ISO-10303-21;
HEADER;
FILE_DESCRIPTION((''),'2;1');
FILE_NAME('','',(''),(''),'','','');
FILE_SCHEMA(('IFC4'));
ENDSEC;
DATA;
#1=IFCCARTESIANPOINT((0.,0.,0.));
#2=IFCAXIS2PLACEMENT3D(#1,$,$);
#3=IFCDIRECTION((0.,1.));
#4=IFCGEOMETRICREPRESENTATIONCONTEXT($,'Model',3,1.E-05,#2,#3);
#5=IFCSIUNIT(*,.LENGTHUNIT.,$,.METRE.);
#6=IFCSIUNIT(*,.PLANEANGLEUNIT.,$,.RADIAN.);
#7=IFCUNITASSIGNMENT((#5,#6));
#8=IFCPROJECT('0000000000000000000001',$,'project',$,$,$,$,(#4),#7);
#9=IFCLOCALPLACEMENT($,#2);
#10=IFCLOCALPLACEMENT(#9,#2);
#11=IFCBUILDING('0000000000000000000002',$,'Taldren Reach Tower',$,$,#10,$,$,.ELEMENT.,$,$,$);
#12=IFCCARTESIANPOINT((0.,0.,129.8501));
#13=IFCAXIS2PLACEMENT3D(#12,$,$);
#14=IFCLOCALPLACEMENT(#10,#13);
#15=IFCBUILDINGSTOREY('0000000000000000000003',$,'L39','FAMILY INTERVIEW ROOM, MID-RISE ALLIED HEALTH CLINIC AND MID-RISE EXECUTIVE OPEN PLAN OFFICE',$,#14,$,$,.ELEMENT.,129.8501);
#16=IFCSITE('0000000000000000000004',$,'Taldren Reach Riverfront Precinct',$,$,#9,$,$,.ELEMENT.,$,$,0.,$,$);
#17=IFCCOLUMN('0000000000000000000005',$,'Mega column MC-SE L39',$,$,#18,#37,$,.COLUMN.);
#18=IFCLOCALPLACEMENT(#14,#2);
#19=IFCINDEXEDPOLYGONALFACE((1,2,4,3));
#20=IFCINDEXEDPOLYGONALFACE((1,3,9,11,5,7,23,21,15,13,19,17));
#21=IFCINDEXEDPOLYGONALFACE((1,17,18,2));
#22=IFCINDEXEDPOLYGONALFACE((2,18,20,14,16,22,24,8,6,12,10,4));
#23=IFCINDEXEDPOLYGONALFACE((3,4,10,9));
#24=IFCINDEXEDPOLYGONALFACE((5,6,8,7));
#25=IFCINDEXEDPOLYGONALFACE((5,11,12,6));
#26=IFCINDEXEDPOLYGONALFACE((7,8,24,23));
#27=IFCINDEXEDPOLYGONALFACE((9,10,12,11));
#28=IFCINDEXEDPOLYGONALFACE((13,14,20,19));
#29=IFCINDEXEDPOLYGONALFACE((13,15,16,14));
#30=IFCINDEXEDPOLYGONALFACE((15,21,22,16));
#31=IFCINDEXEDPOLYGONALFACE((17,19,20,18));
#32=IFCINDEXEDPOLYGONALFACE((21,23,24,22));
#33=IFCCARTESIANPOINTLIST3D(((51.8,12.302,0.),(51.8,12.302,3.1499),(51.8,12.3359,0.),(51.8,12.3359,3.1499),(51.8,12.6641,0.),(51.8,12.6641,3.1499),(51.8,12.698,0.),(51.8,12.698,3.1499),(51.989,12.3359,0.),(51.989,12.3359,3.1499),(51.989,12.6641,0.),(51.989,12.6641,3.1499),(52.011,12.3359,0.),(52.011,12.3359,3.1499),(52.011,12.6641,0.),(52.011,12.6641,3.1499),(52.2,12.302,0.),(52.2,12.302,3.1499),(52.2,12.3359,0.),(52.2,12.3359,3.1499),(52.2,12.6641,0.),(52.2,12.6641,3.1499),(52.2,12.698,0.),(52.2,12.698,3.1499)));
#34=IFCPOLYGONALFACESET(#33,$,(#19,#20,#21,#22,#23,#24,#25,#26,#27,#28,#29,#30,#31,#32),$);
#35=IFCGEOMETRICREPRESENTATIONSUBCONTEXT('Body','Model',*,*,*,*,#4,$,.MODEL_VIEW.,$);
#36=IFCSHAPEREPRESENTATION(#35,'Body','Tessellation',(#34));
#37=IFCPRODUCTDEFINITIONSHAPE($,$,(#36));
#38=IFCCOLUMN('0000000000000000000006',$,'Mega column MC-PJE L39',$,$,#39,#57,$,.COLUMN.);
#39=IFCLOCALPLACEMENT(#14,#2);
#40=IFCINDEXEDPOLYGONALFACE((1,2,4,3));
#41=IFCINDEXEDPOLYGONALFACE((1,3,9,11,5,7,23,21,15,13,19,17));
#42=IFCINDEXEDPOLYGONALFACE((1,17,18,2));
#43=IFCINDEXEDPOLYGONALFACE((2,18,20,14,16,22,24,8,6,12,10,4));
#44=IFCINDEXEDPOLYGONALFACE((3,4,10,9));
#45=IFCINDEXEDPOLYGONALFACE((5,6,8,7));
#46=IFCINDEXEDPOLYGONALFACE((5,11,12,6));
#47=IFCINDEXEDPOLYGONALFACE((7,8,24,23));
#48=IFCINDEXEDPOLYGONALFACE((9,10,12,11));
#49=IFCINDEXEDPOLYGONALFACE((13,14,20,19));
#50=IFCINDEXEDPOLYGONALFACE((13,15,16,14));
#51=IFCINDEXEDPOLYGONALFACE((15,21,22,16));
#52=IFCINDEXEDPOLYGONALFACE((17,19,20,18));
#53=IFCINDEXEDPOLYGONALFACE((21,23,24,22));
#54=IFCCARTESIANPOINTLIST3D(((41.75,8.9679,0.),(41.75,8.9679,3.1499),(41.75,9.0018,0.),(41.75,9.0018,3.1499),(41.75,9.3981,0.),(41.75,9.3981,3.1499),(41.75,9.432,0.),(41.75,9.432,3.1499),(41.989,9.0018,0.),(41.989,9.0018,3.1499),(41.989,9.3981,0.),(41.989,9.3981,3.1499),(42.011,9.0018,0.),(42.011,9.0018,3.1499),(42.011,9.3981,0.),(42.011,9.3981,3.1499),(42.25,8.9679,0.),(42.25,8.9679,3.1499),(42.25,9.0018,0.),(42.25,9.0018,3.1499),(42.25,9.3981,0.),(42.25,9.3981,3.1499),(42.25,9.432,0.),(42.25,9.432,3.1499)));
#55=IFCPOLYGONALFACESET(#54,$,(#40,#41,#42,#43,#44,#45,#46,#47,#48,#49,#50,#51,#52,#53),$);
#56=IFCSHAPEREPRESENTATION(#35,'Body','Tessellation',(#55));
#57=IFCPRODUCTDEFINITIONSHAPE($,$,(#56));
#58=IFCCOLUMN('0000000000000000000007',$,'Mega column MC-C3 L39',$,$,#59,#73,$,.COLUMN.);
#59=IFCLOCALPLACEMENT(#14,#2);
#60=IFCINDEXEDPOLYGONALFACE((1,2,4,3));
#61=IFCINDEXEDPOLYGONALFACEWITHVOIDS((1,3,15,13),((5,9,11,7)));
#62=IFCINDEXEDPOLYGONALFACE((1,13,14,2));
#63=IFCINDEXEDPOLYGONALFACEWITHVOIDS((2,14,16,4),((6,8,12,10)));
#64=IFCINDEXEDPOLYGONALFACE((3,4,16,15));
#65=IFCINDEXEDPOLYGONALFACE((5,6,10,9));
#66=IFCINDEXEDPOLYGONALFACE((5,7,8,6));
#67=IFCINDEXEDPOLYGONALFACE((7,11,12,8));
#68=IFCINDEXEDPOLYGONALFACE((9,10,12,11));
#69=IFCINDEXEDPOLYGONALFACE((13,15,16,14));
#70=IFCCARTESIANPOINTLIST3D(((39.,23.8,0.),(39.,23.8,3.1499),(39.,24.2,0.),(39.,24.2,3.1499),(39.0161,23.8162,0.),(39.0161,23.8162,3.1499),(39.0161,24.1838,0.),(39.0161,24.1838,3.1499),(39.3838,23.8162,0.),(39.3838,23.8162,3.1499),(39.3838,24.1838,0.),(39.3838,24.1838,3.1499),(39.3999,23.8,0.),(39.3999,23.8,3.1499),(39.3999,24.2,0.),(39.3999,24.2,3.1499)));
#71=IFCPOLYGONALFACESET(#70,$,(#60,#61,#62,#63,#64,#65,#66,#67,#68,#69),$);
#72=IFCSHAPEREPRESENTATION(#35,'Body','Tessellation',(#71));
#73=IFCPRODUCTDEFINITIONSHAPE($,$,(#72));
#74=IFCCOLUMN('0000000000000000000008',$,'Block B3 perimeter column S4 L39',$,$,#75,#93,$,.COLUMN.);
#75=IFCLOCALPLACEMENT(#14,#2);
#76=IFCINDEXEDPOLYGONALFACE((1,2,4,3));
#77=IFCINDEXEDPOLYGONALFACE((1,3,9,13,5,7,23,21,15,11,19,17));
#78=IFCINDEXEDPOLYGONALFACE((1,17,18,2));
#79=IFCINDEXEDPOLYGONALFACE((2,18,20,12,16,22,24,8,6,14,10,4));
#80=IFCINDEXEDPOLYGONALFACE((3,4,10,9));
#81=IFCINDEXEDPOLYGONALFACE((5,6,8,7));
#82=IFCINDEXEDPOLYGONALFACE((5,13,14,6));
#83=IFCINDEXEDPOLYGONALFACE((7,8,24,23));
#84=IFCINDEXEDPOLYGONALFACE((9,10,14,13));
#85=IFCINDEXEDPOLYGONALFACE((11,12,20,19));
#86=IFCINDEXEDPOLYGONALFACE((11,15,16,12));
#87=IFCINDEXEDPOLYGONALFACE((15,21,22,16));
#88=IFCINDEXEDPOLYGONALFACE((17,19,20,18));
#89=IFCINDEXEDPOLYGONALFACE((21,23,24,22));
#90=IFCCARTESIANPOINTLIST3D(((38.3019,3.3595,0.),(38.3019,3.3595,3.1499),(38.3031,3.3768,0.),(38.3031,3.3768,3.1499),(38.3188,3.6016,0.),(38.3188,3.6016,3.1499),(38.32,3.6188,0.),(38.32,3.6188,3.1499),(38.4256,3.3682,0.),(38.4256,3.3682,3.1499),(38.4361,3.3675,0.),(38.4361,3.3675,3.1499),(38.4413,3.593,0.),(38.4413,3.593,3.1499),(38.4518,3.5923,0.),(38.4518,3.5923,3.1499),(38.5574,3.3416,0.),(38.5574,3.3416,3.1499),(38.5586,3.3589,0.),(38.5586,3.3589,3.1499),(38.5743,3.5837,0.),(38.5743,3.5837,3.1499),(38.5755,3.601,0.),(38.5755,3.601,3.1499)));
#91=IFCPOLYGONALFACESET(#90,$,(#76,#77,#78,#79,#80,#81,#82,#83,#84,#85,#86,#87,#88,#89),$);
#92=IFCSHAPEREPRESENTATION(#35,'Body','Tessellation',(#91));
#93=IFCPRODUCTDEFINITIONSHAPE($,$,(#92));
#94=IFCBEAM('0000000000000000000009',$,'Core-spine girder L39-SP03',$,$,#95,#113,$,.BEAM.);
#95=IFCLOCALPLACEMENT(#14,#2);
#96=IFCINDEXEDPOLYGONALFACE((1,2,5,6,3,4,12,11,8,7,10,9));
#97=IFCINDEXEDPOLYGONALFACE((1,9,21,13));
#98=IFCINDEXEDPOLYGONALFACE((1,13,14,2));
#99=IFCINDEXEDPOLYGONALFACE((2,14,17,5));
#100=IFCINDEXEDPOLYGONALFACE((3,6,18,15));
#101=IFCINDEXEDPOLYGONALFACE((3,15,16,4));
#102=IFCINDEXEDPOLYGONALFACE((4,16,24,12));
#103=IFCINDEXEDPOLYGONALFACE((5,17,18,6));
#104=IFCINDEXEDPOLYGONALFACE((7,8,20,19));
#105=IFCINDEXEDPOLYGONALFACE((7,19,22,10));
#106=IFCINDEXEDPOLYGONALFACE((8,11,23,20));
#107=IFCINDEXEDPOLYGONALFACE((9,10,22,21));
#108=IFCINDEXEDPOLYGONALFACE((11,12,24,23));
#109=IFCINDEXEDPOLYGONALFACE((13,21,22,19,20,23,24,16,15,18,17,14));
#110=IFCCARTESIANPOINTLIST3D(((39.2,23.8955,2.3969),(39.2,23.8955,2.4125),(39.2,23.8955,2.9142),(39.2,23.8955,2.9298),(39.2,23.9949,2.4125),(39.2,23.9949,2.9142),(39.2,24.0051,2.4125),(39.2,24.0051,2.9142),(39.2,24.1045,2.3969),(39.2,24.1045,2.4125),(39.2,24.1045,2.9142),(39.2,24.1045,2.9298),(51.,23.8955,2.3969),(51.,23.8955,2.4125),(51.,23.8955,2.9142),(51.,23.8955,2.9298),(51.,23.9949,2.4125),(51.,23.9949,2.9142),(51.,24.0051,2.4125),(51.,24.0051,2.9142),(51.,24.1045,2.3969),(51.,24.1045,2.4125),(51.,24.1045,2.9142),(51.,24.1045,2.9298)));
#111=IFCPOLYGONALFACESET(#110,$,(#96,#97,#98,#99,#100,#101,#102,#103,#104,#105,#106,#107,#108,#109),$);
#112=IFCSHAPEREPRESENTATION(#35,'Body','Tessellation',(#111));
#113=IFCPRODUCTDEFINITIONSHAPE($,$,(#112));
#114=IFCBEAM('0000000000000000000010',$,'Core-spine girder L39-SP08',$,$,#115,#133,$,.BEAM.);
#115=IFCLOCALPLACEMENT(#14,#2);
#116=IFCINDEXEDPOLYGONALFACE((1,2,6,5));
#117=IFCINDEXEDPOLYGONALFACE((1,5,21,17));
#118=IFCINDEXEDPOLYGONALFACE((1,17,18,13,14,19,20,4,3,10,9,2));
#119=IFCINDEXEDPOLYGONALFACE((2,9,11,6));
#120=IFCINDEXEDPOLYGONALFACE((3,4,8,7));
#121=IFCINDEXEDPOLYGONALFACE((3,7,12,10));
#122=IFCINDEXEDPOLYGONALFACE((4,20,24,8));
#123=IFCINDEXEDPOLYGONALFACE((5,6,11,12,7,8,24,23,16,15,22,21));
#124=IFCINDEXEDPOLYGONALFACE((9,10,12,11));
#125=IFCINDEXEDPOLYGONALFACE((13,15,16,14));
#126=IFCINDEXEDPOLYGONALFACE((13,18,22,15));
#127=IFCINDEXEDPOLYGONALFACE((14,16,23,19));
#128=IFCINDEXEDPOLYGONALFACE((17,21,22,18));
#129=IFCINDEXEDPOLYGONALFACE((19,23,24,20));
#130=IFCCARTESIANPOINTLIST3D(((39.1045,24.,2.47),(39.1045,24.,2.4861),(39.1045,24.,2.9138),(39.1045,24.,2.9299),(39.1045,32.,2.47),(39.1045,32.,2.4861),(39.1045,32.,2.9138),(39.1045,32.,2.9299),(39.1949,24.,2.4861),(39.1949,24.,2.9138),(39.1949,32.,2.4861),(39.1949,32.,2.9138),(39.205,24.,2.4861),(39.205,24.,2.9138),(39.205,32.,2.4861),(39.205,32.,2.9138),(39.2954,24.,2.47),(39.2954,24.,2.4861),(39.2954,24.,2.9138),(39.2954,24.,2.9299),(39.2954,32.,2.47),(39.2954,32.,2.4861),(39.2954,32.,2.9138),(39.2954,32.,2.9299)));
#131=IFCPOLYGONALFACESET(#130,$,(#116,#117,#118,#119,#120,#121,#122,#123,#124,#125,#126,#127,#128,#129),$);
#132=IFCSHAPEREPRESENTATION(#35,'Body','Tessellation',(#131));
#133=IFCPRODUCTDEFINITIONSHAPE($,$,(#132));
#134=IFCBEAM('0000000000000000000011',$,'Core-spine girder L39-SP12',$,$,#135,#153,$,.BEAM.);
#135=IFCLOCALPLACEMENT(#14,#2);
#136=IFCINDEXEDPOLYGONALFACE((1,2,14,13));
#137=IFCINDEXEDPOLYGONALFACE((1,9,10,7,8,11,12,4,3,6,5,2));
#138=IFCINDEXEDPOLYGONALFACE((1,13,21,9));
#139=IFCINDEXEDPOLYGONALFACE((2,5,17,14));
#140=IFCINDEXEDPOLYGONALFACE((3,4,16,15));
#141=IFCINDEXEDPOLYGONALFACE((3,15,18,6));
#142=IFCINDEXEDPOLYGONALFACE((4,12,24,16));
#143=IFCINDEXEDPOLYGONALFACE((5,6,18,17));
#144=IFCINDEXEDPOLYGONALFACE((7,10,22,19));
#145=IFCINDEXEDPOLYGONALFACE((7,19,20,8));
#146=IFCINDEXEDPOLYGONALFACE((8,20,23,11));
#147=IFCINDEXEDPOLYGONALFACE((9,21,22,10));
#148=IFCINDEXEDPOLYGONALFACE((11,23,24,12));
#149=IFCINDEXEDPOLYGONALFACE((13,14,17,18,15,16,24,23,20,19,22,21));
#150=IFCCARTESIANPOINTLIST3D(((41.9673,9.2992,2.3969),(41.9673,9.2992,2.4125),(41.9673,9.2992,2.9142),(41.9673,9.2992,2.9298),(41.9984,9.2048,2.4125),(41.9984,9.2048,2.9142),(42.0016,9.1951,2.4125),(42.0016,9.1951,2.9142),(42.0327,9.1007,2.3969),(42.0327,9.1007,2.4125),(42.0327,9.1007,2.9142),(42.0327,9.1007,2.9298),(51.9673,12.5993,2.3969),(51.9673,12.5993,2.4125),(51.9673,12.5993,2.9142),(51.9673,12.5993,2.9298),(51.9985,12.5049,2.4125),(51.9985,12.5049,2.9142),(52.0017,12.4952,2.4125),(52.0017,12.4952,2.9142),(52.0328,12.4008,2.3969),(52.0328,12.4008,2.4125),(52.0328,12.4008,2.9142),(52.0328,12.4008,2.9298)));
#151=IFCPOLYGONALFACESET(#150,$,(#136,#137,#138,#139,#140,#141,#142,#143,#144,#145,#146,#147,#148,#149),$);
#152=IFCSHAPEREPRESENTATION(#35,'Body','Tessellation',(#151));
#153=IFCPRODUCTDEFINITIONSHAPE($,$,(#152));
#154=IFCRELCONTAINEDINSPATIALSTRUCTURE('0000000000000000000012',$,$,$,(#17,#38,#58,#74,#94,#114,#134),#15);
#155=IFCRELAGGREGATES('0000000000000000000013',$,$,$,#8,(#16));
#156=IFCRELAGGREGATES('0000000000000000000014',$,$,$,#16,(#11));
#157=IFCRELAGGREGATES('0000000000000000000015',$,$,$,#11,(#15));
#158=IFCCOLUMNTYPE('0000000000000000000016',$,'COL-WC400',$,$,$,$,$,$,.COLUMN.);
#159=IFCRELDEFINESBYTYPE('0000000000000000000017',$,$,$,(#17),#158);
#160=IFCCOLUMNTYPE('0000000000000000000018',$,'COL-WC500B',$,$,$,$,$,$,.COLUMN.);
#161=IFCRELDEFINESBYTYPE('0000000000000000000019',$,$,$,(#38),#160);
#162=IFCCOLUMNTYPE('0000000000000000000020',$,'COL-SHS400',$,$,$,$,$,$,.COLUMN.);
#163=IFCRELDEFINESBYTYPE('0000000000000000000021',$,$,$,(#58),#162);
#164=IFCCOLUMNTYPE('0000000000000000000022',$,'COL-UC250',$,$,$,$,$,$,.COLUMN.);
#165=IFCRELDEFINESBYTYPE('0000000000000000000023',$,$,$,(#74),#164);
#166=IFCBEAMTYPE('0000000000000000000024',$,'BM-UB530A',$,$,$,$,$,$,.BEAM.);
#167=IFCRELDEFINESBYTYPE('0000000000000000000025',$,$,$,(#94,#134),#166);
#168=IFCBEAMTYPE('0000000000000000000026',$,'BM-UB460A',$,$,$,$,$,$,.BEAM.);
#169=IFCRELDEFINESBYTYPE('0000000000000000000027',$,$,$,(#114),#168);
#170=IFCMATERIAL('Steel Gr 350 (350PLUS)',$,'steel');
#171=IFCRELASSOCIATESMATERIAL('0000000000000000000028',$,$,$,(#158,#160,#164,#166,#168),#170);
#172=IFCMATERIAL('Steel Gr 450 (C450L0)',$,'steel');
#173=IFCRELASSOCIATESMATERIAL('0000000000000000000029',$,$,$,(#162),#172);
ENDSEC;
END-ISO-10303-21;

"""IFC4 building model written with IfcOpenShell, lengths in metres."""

from ifc_helpers import new_model, si_unit, direction, frame, origin, origin_2d, place, context, subcontext, project, spatial, hollow_rectangle, i_section, extrude, source, transform, mapped, material, material_profile, profile_set, type_object, element, save


model = new_model("IFC4")

# Units and contexts
model_context = context("Model", 3, precision=1e-05, world=origin(), true_north=direction((0.0, 1.0)))
body_context = subcontext(model_context, "Body", "Model", "MODEL_VIEW")
ifc_project = project(units=[si_unit("LENGTHUNIT", "METRE"), si_unit("PLANEANGLEUNIT", "RADIAN")], contexts=[model_context])

# Site, building, storey
site_placement = place(None, origin())
site = spatial("IfcSite", under=ifc_project, at=site_placement, Name="Taldren Reach Riverfront Precinct", CompositionType="ELEMENT", RefElevation=0.0)
building_placement = place(site_placement, origin())
building = spatial("IfcBuilding", under=site, at=building_placement, Name="Taldren Reach Tower", CompositionType="ELEMENT")
storey_placement = place(building_placement, frame((0.0, 0.0, 129.8501)))
storey = spatial("IfcBuildingStorey", under=building, at=storey_placement, Name="L39", Description="FAMILY INTERVIEW ROOM, MID-RISE ALLIED HEALTH CLINIC AND MID-RISE EXECUTIVE OPEN PLAN OFFICE", CompositionType="ELEMENT", Elevation=129.8501)

# Columns
ifc_material_1 = material(Name="Steel Gr 350 (350PLUS)", Category="steel")
ifc_material_profile_1 = material_profile(ifc_material_1, i_section(OverallWidth=0.3999, OverallDepth=0.396, WebThickness=0.022, FlangeThickness=0.0339, at=origin_2d()), Name="400WC270")
ifc_profile_set_1 = profile_set([ifc_material_profile_1], Name="Steel Gr 350 (350PLUS)")
column_type_1 = type_object("IfcColumnType", Name="COL-WC400", PredefinedType="COLUMN", material=ifc_profile_set_1)
shared_shape_1 = source(origin(), body_context, "Body", "SweptSolid", [
    extrude(i_section(OverallWidth=0.3999, OverallDepth=0.396, WebThickness=0.022, FlangeThickness=0.0339, at=origin_2d()), origin(), (0.0, 0.0, 1.0), 3.1499),
])
column_1_placement = place(storey_placement, frame((52.0, 12.5, 0.0), z_axis=(0.0, 0.0, 1.0), x_axis=(1.0, 0.0, 0.0)))
element("IfcColumn", 1, at=column_1_placement, inside=storey, type_object=column_type_1, Name="Mega column MC-SE L39", PredefinedType="COLUMN", context=body_context, shape_type="MappedRepresentation", body=[
    mapped(shared_shape_1, transform((0.0, 0.0, 0.0), scale=1.0)),
])
ifc_material_profile_2 = material_profile(ifc_material_1, i_section(OverallWidth=0.5, OverallDepth=0.4641, WebThickness=0.022, FlangeThickness=0.0339, at=origin_2d()), Name="500WC340")
ifc_profile_set_2 = profile_set([ifc_material_profile_2], Name="Steel Gr 350 (350PLUS)")
column_type_2 = type_object("IfcColumnType", Name="COL-WC500B", PredefinedType="COLUMN", material=ifc_profile_set_2)
shared_shape_2 = source(origin(), body_context, "Body", "SweptSolid", [
    extrude(i_section(OverallWidth=0.5, OverallDepth=0.4641, WebThickness=0.022, FlangeThickness=0.0339, at=origin_2d()), origin(), (0.0, 0.0, 1.0), 3.1499),
])
column_2_placement = place(storey_placement, frame((42.0, 9.2, 0.0), z_axis=(0.0, 0.0, 1.0), x_axis=(1.0, 0.0, 0.0)))
element("IfcColumn", 2, at=column_2_placement, inside=storey, type_object=column_type_2, Name="Mega column MC-PJE L39", PredefinedType="COLUMN", context=body_context, shape_type="MappedRepresentation", body=[
    mapped(shared_shape_2, transform((0.0, 0.0, 0.0), scale=1.0)),
])
ifc_material_2 = material(Name="Steel Gr 450 (C450L0)", Category="steel")
ifc_material_profile_3 = material_profile(ifc_material_2, hollow_rectangle(XDim=0.3999, YDim=0.3999, WallThickness=0.0161, at=origin_2d()), Name="400x400x16.0SHS")
ifc_profile_set_3 = profile_set([ifc_material_profile_3], Name="Steel Gr 450 (C450L0)")
column_type_3 = type_object("IfcColumnType", Name="COL-SHS400", PredefinedType="COLUMN", material=ifc_profile_set_3)
shared_shape_3 = source(origin(), body_context, "Body", "SweptSolid", [
    extrude(hollow_rectangle(XDim=0.3999, YDim=0.3999, WallThickness=0.0161, at=origin_2d()), origin(), (0.0, 0.0, 1.0), 3.1499),
])
column_3_placement = place(storey_placement, frame((39.2, 24.0, 0.0), z_axis=(0.0, 0.0, 1.0), x_axis=(1.0, 0.0, 0.0)))
element("IfcColumn", 3, at=column_3_placement, inside=storey, type_object=column_type_3, Name="Mega column MC-C3 L39", PredefinedType="COLUMN", context=body_context, shape_type="MappedRepresentation", body=[
    mapped(shared_shape_3, transform((0.0, 0.0, 0.0), scale=1.0)),
])
ifc_material_profile_4 = material_profile(ifc_material_1, i_section(OverallWidth=0.2561, OverallDepth=0.26, WebThickness=0.0105, FlangeThickness=0.0173, at=origin_2d()), Name="250UC89.5")
ifc_profile_set_4 = profile_set([ifc_material_profile_4], Name="Steel Gr 350 (350PLUS)")
column_type_4 = type_object("IfcColumnType", Name="COL-UC250", PredefinedType="COLUMN", material=ifc_profile_set_4)
shared_shape_4 = source(origin(), body_context, "Body", "SweptSolid", [
    extrude(i_section(OverallWidth=0.2561, OverallDepth=0.26, WebThickness=0.0105, FlangeThickness=0.0173, at=origin_2d()), origin(), (0.0, 0.0, 1.0), 3.1499),
])
column_4_placement = place(storey_placement, frame((38.4387, 3.4802, 0.0), z_axis=(0.0, 0.0, 1.0), x_axis=(0.997564, -0.069756, 0.0)))
element("IfcColumn", 4, at=column_4_placement, inside=storey, type_object=column_type_4, Name="Block B3 perimeter column S4 L39", PredefinedType="COLUMN", context=body_context, shape_type="MappedRepresentation", body=[
    mapped(shared_shape_4, transform((0.0, 0.0, 0.0), scale=1.0)),
])

# Beams
ifc_material_profile_5 = material_profile(ifc_material_1, i_section(OverallWidth=0.209, OverallDepth=0.533, WebThickness=0.0103, FlangeThickness=0.0156, at=origin_2d()), Name="530UB92.4")
ifc_profile_set_5 = profile_set([ifc_material_profile_5], Name="Steel Gr 350 (350PLUS)")
beam_type_1 = type_object("IfcBeamType", Name="BM-UB530A", PredefinedType="BEAM", material=ifc_profile_set_5)
shared_shape_5 = source(origin(), body_context, "Body", "SweptSolid", [
    extrude(i_section(OverallWidth=0.209, OverallDepth=0.533, WebThickness=0.0103, FlangeThickness=0.0156, at=origin_2d()), origin(), (0.0, 0.0, 1.0), 11.8),
])
beam_1_placement = place(storey_placement, frame((39.2, 24.0, 2.6633), z_axis=(1.0, 0.0, 0.0), x_axis=(0.0, 1.0, 0.0)))
element("IfcBeam", 5, at=beam_1_placement, inside=storey, type_object=beam_type_1, Name="Core-spine girder L39-SP03", PredefinedType="BEAM", context=body_context, shape_type="MappedRepresentation", body=[
    mapped(shared_shape_5, transform((0.0, 0.0, 0.0), scale=1.0)),
])
ifc_material_profile_6 = material_profile(ifc_material_1, i_section(OverallWidth=0.1909, OverallDepth=0.46, WebThickness=0.01, FlangeThickness=0.0161, at=origin_2d()), Name="460UB82.1")
ifc_profile_set_6 = profile_set([ifc_material_profile_6], Name="Steel Gr 350 (350PLUS)")
beam_type_2 = type_object("IfcBeamType", Name="BM-UB460A", PredefinedType="BEAM", material=ifc_profile_set_6)
shared_shape_6 = source(origin(), body_context, "Body", "SweptSolid", [
    extrude(i_section(OverallWidth=0.1909, OverallDepth=0.46, WebThickness=0.01, FlangeThickness=0.0161, at=origin_2d()), origin(), (0.0, 0.0, 1.0), 8.0),
])
beam_2_placement = place(storey_placement, frame((39.2, 24.0, 2.7), z_axis=(0.0, 1.0, 0.0), x_axis=(-1.0, 0.0, 0.0)))
element("IfcBeam", 6, at=beam_2_placement, inside=storey, type_object=beam_type_2, Name="Core-spine girder L39-SP08", PredefinedType="BEAM", context=body_context, shape_type="MappedRepresentation", body=[
    mapped(shared_shape_6, transform((0.0, 0.0, 0.0), scale=1.0)),
])
shared_shape_7 = source(origin(), body_context, "Body", "SweptSolid", [
    extrude(i_section(OverallWidth=0.209, OverallDepth=0.533, WebThickness=0.0103, FlangeThickness=0.0156, at=origin_2d()), origin(), (0.0, 0.0, 1.0), 10.5305),
])
beam_3_placement = place(storey_placement, frame((42.0, 9.2, 2.6633), z_axis=(0.949627, 0.313382, 0.0), x_axis=(-0.313382, 0.949627, 0.0)))
element("IfcBeam", 7, at=beam_3_placement, inside=storey, type_object=beam_type_1, Name="Core-spine girder L39-SP12", PredefinedType="BEAM", context=body_context, shape_type="MappedRepresentation", body=[
    mapped(shared_shape_7, transform((0.0, 0.0, 0.0), scale=1.0)),
])

save(model, "model.ifc")
